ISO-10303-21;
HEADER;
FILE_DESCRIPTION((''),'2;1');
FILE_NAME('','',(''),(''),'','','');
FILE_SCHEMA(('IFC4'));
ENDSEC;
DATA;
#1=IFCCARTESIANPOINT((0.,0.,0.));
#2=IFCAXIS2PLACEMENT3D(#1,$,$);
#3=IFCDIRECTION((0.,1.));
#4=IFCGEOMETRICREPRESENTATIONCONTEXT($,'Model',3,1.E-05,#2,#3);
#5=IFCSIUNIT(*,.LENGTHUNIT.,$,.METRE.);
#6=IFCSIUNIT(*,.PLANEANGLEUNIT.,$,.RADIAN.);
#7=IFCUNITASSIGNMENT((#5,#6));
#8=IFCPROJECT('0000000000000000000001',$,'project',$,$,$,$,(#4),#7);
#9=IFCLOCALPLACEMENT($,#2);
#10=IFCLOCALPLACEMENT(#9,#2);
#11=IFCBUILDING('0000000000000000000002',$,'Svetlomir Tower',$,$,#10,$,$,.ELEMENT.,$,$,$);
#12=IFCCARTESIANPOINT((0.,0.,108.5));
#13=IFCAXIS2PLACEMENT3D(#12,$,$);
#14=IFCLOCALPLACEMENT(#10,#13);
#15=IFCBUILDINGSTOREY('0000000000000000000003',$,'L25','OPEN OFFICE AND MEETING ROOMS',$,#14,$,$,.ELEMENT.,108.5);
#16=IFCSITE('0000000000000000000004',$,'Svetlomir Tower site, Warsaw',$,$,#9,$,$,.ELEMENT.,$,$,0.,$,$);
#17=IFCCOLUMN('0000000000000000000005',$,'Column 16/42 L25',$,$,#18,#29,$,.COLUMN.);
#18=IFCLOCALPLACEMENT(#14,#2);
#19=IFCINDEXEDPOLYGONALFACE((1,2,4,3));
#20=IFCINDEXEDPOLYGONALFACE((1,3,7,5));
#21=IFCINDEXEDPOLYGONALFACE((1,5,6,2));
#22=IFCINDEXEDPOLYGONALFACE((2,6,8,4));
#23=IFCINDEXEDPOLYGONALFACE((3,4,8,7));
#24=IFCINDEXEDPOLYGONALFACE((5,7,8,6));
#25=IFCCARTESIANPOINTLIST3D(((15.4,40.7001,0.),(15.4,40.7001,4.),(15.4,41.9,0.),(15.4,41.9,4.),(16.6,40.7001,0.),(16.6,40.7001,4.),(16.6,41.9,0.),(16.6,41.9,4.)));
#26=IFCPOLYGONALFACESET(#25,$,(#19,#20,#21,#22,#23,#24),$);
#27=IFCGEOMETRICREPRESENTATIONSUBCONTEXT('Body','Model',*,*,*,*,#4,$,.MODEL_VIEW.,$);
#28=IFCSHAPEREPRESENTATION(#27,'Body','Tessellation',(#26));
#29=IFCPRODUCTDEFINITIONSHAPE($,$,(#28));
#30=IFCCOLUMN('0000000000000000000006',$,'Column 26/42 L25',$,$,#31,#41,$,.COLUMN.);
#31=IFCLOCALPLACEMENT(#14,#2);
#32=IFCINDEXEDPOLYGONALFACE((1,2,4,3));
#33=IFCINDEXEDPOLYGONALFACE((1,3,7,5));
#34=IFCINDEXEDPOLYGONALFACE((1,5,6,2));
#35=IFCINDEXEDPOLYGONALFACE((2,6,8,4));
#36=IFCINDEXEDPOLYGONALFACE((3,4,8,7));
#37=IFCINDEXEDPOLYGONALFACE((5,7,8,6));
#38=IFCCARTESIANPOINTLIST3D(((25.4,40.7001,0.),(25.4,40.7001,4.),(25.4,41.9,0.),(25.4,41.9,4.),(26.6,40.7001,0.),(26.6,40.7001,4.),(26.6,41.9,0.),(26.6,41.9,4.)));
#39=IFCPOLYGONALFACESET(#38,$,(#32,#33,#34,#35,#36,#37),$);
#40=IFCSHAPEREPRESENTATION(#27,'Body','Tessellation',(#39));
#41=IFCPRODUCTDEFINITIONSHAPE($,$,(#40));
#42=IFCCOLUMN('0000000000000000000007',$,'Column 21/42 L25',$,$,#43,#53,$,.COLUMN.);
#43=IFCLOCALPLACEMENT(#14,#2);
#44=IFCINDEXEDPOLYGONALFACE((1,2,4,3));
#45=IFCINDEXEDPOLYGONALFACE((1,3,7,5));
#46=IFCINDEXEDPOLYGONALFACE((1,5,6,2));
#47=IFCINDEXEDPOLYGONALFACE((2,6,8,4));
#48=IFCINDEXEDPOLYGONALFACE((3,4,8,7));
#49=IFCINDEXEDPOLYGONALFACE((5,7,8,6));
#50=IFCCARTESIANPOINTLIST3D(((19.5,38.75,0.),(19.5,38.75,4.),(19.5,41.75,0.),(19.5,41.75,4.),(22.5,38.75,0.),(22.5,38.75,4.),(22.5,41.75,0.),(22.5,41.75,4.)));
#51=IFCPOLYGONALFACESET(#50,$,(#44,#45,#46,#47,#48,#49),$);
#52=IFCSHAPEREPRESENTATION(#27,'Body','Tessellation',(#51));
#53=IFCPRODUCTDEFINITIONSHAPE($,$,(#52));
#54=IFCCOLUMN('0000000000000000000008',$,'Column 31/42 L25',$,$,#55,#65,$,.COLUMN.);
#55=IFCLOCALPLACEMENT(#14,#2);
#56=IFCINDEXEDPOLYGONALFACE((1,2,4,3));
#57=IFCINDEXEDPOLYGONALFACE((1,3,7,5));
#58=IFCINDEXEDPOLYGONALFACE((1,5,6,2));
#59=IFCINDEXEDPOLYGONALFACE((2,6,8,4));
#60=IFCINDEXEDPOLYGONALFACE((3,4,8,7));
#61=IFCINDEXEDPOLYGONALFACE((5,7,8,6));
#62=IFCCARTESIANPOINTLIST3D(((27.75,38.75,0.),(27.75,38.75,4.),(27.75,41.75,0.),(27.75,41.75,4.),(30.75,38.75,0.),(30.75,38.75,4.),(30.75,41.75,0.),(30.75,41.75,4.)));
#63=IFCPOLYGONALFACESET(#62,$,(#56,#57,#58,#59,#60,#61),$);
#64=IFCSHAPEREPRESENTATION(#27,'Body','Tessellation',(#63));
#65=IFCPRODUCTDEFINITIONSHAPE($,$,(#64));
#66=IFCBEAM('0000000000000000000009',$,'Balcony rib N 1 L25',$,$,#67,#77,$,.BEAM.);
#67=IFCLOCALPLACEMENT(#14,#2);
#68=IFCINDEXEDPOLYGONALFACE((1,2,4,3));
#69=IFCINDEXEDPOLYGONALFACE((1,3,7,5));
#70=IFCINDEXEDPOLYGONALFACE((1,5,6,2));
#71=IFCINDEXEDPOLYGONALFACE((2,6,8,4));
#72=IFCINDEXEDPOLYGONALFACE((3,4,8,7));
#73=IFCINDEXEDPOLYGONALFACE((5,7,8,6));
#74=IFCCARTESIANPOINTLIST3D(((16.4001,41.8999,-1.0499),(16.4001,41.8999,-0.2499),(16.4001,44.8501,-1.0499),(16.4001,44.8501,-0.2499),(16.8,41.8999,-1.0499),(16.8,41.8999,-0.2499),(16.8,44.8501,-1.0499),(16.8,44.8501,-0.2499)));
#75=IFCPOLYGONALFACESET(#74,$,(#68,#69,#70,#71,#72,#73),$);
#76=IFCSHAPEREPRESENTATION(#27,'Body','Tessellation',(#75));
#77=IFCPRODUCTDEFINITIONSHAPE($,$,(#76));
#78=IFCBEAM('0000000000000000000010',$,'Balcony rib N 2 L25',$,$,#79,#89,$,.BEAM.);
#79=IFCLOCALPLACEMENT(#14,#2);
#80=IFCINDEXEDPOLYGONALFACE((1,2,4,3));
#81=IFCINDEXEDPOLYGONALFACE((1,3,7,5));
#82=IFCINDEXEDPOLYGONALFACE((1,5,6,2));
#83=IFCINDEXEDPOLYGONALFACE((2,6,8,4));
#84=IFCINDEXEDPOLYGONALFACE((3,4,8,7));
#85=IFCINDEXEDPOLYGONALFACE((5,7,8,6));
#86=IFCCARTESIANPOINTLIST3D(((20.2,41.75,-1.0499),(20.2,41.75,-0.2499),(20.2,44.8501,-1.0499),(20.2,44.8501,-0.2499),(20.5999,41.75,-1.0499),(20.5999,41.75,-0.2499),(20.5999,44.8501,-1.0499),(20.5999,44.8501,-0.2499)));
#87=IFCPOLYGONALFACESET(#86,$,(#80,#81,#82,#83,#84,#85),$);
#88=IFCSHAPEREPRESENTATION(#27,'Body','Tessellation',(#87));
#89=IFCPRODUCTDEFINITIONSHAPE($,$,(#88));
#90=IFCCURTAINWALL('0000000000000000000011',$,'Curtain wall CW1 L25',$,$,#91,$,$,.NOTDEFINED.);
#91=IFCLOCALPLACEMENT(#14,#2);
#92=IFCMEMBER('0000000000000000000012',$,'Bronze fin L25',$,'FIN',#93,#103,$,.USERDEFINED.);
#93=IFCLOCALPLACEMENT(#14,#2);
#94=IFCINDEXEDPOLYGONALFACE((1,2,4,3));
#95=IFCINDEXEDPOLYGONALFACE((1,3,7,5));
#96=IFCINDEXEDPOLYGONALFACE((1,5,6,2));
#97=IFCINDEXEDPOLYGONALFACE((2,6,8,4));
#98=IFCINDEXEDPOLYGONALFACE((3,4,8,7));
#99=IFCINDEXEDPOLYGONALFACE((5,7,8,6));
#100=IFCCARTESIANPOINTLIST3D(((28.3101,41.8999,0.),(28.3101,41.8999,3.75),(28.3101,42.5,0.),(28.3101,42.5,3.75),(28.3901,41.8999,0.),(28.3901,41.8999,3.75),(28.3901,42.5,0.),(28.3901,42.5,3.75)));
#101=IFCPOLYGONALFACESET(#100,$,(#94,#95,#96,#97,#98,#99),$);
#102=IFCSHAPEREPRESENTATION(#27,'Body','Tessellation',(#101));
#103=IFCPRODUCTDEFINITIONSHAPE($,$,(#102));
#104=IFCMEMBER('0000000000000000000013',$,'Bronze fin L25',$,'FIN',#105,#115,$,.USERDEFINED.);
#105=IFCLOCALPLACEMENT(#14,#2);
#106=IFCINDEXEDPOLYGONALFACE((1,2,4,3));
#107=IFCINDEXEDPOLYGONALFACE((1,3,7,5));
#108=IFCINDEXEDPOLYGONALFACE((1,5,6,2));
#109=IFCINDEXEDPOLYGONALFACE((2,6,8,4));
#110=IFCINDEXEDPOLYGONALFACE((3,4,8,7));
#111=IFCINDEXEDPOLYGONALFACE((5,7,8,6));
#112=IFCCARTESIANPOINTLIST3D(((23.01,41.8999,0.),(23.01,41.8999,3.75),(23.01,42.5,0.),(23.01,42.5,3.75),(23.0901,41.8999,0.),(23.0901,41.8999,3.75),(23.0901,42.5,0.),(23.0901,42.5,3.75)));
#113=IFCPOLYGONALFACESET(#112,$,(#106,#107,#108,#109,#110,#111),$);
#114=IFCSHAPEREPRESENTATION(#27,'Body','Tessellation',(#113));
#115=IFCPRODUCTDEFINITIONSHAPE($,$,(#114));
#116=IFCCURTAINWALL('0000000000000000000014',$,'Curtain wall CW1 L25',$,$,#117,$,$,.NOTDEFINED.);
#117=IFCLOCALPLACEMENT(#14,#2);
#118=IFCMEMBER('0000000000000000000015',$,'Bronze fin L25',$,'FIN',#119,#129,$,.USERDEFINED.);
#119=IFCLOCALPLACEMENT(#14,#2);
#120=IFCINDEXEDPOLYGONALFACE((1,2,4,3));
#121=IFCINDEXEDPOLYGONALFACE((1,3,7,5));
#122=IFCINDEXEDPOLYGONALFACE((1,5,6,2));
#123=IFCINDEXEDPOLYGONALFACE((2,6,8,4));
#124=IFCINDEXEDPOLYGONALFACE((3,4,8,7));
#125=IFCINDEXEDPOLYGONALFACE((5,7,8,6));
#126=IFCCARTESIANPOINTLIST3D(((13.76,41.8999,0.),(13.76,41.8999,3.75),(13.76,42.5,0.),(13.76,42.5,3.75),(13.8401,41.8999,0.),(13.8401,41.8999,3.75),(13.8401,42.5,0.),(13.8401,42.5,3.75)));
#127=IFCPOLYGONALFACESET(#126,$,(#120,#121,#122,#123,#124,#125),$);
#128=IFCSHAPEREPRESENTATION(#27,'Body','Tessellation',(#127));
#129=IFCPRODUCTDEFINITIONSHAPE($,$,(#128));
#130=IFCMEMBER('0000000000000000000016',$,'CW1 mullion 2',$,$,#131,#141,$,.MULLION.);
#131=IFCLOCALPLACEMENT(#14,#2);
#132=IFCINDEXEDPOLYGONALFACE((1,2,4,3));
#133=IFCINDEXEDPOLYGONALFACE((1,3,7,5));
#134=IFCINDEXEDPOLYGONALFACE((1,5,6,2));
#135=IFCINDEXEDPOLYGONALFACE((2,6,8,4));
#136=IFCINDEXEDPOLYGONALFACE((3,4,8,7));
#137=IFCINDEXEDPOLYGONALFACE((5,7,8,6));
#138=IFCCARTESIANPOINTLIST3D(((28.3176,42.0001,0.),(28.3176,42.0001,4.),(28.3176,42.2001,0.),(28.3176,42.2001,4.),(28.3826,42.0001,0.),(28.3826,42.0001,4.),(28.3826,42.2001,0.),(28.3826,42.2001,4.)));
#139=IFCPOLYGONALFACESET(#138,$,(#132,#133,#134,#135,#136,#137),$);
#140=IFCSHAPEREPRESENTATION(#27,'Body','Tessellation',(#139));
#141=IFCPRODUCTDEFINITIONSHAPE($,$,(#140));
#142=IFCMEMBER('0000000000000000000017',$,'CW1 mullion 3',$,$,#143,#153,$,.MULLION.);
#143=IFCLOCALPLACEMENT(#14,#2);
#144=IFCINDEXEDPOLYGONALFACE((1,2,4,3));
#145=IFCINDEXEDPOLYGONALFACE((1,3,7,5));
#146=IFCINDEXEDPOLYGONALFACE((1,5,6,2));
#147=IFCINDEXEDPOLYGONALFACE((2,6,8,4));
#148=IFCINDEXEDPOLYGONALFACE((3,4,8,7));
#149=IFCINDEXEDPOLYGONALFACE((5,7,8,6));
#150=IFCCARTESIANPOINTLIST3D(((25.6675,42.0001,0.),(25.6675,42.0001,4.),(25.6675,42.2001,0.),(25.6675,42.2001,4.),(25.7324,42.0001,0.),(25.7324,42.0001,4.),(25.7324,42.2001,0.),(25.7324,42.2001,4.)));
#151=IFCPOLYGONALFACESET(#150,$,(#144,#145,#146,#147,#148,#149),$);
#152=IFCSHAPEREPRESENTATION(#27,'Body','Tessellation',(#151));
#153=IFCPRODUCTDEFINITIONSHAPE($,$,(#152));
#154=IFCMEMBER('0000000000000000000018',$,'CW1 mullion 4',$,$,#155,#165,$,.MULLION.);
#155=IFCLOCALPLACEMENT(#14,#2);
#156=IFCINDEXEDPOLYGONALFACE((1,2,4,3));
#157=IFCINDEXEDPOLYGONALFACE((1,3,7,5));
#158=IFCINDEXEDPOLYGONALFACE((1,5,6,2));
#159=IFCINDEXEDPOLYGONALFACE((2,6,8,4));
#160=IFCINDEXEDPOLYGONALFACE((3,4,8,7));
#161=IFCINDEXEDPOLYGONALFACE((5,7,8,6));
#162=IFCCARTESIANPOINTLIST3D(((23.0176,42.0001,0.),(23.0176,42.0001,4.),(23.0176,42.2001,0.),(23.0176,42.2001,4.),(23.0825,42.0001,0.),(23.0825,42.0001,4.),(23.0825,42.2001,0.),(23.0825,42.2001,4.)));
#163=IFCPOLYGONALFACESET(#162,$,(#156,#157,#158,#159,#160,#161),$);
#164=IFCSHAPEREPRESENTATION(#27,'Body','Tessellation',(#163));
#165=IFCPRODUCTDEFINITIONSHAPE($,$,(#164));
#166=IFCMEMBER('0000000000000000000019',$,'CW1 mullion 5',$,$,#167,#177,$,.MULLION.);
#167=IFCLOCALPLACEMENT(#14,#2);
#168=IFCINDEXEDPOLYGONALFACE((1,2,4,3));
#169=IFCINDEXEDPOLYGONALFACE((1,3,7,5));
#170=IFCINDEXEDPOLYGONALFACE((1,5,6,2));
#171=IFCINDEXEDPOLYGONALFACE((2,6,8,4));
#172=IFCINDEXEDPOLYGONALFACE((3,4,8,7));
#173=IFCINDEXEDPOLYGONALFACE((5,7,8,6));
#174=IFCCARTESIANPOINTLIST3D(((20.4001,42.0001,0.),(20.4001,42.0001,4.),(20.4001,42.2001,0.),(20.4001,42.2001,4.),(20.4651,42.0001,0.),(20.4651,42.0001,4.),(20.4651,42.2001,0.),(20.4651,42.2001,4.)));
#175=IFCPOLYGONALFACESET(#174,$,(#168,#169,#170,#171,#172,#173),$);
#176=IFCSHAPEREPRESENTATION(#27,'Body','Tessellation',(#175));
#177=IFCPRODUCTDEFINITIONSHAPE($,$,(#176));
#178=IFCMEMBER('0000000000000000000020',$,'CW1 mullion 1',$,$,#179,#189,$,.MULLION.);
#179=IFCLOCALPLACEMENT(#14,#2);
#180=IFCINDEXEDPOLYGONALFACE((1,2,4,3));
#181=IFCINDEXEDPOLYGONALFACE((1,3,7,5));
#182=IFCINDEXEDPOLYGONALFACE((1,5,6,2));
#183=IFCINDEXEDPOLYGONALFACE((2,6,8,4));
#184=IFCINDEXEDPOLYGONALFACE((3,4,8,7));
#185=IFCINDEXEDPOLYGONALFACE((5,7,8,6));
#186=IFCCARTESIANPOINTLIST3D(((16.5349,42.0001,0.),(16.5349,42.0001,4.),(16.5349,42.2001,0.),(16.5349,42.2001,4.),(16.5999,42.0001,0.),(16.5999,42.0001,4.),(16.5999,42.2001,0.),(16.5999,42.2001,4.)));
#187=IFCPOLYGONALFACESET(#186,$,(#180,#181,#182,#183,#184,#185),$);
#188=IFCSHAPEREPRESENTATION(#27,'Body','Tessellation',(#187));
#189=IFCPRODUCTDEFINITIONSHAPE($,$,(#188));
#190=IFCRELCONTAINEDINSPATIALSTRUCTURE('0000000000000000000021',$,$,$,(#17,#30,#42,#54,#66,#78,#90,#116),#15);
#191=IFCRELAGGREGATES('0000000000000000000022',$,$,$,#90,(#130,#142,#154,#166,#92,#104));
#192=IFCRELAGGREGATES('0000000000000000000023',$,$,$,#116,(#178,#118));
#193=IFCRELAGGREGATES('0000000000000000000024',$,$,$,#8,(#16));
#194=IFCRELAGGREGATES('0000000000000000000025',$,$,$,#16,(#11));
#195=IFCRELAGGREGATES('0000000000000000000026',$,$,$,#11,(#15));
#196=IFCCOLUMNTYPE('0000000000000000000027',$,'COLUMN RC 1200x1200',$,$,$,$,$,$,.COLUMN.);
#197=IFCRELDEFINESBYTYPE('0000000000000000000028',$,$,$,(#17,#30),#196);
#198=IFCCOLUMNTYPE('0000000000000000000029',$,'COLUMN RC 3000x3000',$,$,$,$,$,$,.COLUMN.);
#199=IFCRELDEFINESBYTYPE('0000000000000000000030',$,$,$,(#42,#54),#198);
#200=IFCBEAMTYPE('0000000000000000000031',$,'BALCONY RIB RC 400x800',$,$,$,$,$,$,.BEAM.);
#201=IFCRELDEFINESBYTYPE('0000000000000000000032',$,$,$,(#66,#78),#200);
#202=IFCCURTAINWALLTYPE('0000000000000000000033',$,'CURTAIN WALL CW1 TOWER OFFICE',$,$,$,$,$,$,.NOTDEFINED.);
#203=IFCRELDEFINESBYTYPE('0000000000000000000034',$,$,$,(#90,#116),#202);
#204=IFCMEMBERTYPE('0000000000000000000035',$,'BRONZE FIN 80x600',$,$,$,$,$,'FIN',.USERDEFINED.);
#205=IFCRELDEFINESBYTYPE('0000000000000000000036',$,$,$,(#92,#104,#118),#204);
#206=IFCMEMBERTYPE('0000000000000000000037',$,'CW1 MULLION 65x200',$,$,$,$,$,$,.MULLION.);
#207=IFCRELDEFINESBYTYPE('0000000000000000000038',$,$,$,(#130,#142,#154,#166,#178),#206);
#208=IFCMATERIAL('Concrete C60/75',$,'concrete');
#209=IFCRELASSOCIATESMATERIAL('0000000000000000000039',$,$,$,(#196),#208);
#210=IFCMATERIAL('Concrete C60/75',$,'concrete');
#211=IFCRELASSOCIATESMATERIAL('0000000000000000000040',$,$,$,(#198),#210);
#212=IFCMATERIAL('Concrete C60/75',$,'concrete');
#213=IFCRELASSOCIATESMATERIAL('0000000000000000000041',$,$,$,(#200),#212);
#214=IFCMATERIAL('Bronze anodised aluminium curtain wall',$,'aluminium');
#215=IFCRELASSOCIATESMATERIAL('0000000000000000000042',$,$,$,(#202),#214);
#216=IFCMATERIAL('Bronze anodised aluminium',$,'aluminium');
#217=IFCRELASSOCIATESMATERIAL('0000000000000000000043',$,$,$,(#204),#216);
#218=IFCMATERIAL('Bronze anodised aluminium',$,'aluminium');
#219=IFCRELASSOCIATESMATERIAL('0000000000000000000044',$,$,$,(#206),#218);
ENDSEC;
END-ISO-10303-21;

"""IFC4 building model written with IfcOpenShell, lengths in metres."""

from ifc_helpers import new_model, si_unit, direction, frame, origin, origin_2d, place, context, subcontext, project, spatial, rectangle, extrude, material, material_profile, profile_set, type_object, element, aggregate, save


model = new_model("IFC4")

# Units and contexts
model_context = context("Model", 3, precision=1e-05, world=origin(), true_north=direction((0.0, 1.0)))
body_context = subcontext(model_context, "Body", "Model", "MODEL_VIEW")
ifc_project = project(units=[si_unit("LENGTHUNIT", "METRE"), si_unit("PLANEANGLEUNIT", "RADIAN")], contexts=[model_context])

# Site, building, storey
site_placement = place(None, origin())
site = spatial("IfcSite", under=ifc_project, at=site_placement, Name="Svetlomir Tower site, Warsaw", CompositionType="ELEMENT", RefElevation=0.0)
building_placement = place(site_placement, origin())
building = spatial("IfcBuilding", under=site, at=building_placement, Name="Svetlomir Tower", CompositionType="ELEMENT")
storey_placement = place(building_placement, frame((0.0, 0.0, 108.5)))
storey = spatial("IfcBuildingStorey", under=building, at=storey_placement, Name="L25", Description="OPEN OFFICE AND MEETING ROOMS", CompositionType="ELEMENT", Elevation=108.5)

# Columns
ifc_material_1 = material(Name="Concrete C60/75", Category="concrete")
ifc_material_profile_1 = material_profile(ifc_material_1, rectangle(XDim=1.2, YDim=1.2, at=origin_2d()), Name="RC 1200x1200")
ifc_profile_set_1 = profile_set([ifc_material_profile_1], Name="Concrete C60/75")
column_type_1 = type_object("IfcColumnType", Name="COLUMN RC 1200x1200", PredefinedType="COLUMN", material=ifc_profile_set_1)
for number, where, z_axis, x_axis, name in (
    (1, (16.0, 41.3, 0.0), (0.0, 0.0, 1.0), (1.0, 0.0, 0.0), "Column 16/42 L25"),
    (2, (26.0, 41.3, 0.0), (0.0, 0.0, 1.0), (1.0, 0.0, 0.0), "Column 26/42 L25"),
):
    element("IfcColumn", number, at=place(storey_placement, frame(where, z_axis=z_axis, x_axis=x_axis)), inside=storey, type_object=column_type_1, Name=name, PredefinedType="COLUMN", context=body_context, shape_type="SweptSolid", body=[
        extrude(rectangle(XDim=1.2, YDim=1.2, at=origin_2d()), origin(), (0.0, 0.0, 1.0), 4.0),
    ])
ifc_material_2 = material(Name="Concrete C60/75", Category="concrete")
ifc_material_profile_2 = material_profile(ifc_material_2, rectangle(XDim=3.0, YDim=3.0, at=origin_2d()), Name="RC 3000x3000")
ifc_profile_set_2 = profile_set([ifc_material_profile_2], Name="Concrete C60/75")
column_type_2 = type_object("IfcColumnType", Name="COLUMN RC 3000x3000", PredefinedType="COLUMN", material=ifc_profile_set_2)
for number, where, z_axis, x_axis, name in (
    (3, (21.0, 40.25, 0.0), (0.0, 0.0, 1.0), (1.0, 0.0, 0.0), "Column 21/42 L25"),
    (4, (29.25, 40.25, 0.0), (0.0, 0.0, 1.0), (1.0, 0.0, 0.0), "Column 31/42 L25"),
):
    element("IfcColumn", number, at=place(storey_placement, frame(where, z_axis=z_axis, x_axis=x_axis)), inside=storey, type_object=column_type_2, Name=name, PredefinedType="COLUMN", context=body_context, shape_type="SweptSolid", body=[
        extrude(rectangle(XDim=3.0, YDim=3.0, at=origin_2d()), origin(), (0.0, 0.0, 1.0), 4.0),
    ])

# Beams
ifc_material_3 = material(Name="Concrete C60/75", Category="concrete")
ifc_material_profile_3 = material_profile(ifc_material_3, rectangle(XDim=0.3999, YDim=0.8, at=origin_2d()), Name="RC 400x800")
ifc_profile_set_3 = profile_set([ifc_material_profile_3], Name="Concrete C60/75")
beam_type_1 = type_object("IfcBeamType", Name="BALCONY RIB RC 400x800", PredefinedType="BEAM", material=ifc_profile_set_3)
beam_1_placement = place(storey_placement, frame((16.6001, 41.8999, -0.6499), z_axis=(0.0, 1.0, 0.0), x_axis=(-1.0, 0.0, 0.0)))
element("IfcBeam", 5, at=beam_1_placement, inside=storey, type_object=beam_type_1, Name="Balcony rib N 1 L25", PredefinedType="BEAM", context=body_context, shape_type="SweptSolid", body=[
    extrude(rectangle(XDim=0.3999, YDim=0.8, at=origin_2d()), origin(), (0.0, 0.0, 1.0), 2.9502),
])
beam_2_placement = place(storey_placement, frame((20.3999, 41.75, -0.6499), z_axis=(0.0, 1.0, 0.0), x_axis=(-1.0, 0.0, 0.0)))
element("IfcBeam", 6, at=beam_2_placement, inside=storey, type_object=beam_type_1, Name="Balcony rib N 2 L25", PredefinedType="BEAM", context=body_context, shape_type="SweptSolid", body=[
    extrude(rectangle(XDim=0.3999, YDim=0.8, at=origin_2d()), origin(), (0.0, 0.0, 1.0), 3.1001),
])

# Curtain wall, members
ifc_material_4 = material(Name="Bronze anodised aluminium curtain wall", Category="aluminium")
curtain_wall_type = type_object("IfcCurtainWallType", Name="CURTAIN WALL CW1 TOWER OFFICE", PredefinedType="NOTDEFINED", material=ifc_material_4)
curtain_wall_1_placement = place(storey_placement, origin())
curtain_wall_1 = element("IfcCurtainWall", 7, at=curtain_wall_1_placement, inside=storey, type_object=curtain_wall_type, Name="Curtain wall CW1 L25", PredefinedType="NOTDEFINED")
ifc_material_5 = material(Name="Bronze anodised aluminium", Category="aluminium")
ifc_material_profile_4 = material_profile(ifc_material_5, rectangle(XDim=0.0801, YDim=0.6001, at=origin_2d()), Name="FIN 80x600")
ifc_profile_set_4 = profile_set([ifc_material_profile_4], Name="Bronze anodised aluminium 6063-T6")
member_type_1 = type_object("IfcMemberType", Name="BRONZE FIN 80x600", ElementType="FIN", PredefinedType="USERDEFINED", material=ifc_profile_set_4)
member_1_placement = place(storey_placement, frame((28.3501, 42.2, 0.0), z_axis=(0.0, 0.0, 1.0), x_axis=(1.0, 0.0, 0.0)))
member_1 = element("IfcMember", 8, at=member_1_placement, type_object=member_type_1, Name="Bronze fin L25", ObjectType="FIN", PredefinedType="USERDEFINED", context=body_context, shape_type="SweptSolid", body=[
    extrude(rectangle(XDim=0.0801, YDim=0.6001, at=origin_2d()), origin(), (0.0, 0.0, 1.0), 3.75),
])
member_2_placement = place(storey_placement, frame((23.05, 42.2, 0.0), z_axis=(0.0, 0.0, 1.0), x_axis=(1.0, 0.0, 0.0)))
member_2 = element("IfcMember", 9, at=member_2_placement, type_object=member_type_1, Name="Bronze fin L25", ObjectType="FIN", PredefinedType="USERDEFINED", context=body_context, shape_type="SweptSolid", body=[
    extrude(rectangle(XDim=0.0801, YDim=0.6001, at=origin_2d()), origin(), (0.0, 0.0, 1.0), 3.75),
])

# Curtain wall, member
curtain_wall_2_placement = place(storey_placement, origin())
curtain_wall_2 = element("IfcCurtainWall", 10, at=curtain_wall_2_placement, inside=storey, type_object=curtain_wall_type, Name="Curtain wall CW1 L25", PredefinedType="NOTDEFINED")
member_3_placement = place(storey_placement, frame((13.8, 42.2, 0.0), z_axis=(0.0, 0.0, 1.0), x_axis=(1.0, 0.0, 0.0)))
member_3 = element("IfcMember", 11, at=member_3_placement, type_object=member_type_1, Name="Bronze fin L25", ObjectType="FIN", PredefinedType="USERDEFINED", context=body_context, shape_type="SweptSolid", body=[
    extrude(rectangle(XDim=0.0801, YDim=0.6001, at=origin_2d()), origin(), (0.0, 0.0, 1.0), 3.75),
])

# Members
ifc_material_6 = material(Name="Bronze anodised aluminium", Category="aluminium")
ifc_material_profile_5 = material_profile(ifc_material_6, rectangle(XDim=0.0649, YDim=0.2, at=origin_2d()), Name="AL 65x200")
ifc_profile_set_5 = profile_set([ifc_material_profile_5], Name="Bronze anodised aluminium 6063-T6")
member_type_2 = type_object("IfcMemberType", Name="CW1 MULLION 65x200", PredefinedType="MULLION", material=ifc_profile_set_5)
member_4_placement = place(storey_placement, frame((28.3501, 42.1001, 0.0), z_axis=(0.0, 0.0, 1.0), x_axis=(-1.0, 0.0, 0.0)))
member_4 = element("IfcMember", 12, at=member_4_placement, type_object=member_type_2, Name="CW1 mullion 2", PredefinedType="MULLION", context=body_context, shape_type="SweptSolid", body=[
    extrude(rectangle(XDim=0.0649, YDim=0.2, at=origin_2d()), origin(), (0.0, 0.0, 1.0), 4.0),
])
member_5_placement = place(storey_placement, frame((25.7, 42.1001, 0.0), z_axis=(0.0, 0.0, 1.0), x_axis=(-1.0, 0.0, 0.0)))
member_5 = element("IfcMember", 13, at=member_5_placement, type_object=member_type_2, Name="CW1 mullion 3", PredefinedType="MULLION", context=body_context, shape_type="SweptSolid", body=[
    extrude(rectangle(XDim=0.0649, YDim=0.2, at=origin_2d()), origin(), (0.0, 0.0, 1.0), 4.0),
])
member_6_placement = place(storey_placement, frame((23.05, 42.1001, 0.0), z_axis=(0.0, 0.0, 1.0), x_axis=(-1.0, 0.0, 0.0)))
member_6 = element("IfcMember", 14, at=member_6_placement, type_object=member_type_2, Name="CW1 mullion 4", PredefinedType="MULLION", context=body_context, shape_type="SweptSolid", body=[
    extrude(rectangle(XDim=0.0649, YDim=0.2, at=origin_2d()), origin(), (0.0, 0.0, 1.0), 4.0),
])
member_7_placement = place(storey_placement, frame((20.4326, 42.1001, 0.0), z_axis=(0.0, 0.0, 1.0), x_axis=(-1.0, 0.0, 0.0)))
member_7 = element("IfcMember", 15, at=member_7_placement, type_object=member_type_2, Name="CW1 mullion 5", PredefinedType="MULLION", context=body_context, shape_type="SweptSolid", body=[
    extrude(rectangle(XDim=0.0649, YDim=0.2, at=origin_2d()), origin(), (0.0, 0.0, 1.0), 4.0),
])
member_8_placement = place(storey_placement, frame((16.5674, 42.1001, 0.0), z_axis=(0.0, 0.0, 1.0), x_axis=(-1.0, 0.0, 0.0)))
member_8 = element("IfcMember", 16, at=member_8_placement, type_object=member_type_2, Name="CW1 mullion 1", PredefinedType="MULLION", context=body_context, shape_type="SweptSolid", body=[
    extrude(rectangle(XDim=0.0649, YDim=0.2, at=origin_2d()), origin(), (0.0, 0.0, 1.0), 4.0),
])

aggregate(curtain_wall_1, [member_4, member_5, member_6, member_7, member_1, member_2])
aggregate(curtain_wall_2, [member_8, member_3])

save(model, "model.ifc")
